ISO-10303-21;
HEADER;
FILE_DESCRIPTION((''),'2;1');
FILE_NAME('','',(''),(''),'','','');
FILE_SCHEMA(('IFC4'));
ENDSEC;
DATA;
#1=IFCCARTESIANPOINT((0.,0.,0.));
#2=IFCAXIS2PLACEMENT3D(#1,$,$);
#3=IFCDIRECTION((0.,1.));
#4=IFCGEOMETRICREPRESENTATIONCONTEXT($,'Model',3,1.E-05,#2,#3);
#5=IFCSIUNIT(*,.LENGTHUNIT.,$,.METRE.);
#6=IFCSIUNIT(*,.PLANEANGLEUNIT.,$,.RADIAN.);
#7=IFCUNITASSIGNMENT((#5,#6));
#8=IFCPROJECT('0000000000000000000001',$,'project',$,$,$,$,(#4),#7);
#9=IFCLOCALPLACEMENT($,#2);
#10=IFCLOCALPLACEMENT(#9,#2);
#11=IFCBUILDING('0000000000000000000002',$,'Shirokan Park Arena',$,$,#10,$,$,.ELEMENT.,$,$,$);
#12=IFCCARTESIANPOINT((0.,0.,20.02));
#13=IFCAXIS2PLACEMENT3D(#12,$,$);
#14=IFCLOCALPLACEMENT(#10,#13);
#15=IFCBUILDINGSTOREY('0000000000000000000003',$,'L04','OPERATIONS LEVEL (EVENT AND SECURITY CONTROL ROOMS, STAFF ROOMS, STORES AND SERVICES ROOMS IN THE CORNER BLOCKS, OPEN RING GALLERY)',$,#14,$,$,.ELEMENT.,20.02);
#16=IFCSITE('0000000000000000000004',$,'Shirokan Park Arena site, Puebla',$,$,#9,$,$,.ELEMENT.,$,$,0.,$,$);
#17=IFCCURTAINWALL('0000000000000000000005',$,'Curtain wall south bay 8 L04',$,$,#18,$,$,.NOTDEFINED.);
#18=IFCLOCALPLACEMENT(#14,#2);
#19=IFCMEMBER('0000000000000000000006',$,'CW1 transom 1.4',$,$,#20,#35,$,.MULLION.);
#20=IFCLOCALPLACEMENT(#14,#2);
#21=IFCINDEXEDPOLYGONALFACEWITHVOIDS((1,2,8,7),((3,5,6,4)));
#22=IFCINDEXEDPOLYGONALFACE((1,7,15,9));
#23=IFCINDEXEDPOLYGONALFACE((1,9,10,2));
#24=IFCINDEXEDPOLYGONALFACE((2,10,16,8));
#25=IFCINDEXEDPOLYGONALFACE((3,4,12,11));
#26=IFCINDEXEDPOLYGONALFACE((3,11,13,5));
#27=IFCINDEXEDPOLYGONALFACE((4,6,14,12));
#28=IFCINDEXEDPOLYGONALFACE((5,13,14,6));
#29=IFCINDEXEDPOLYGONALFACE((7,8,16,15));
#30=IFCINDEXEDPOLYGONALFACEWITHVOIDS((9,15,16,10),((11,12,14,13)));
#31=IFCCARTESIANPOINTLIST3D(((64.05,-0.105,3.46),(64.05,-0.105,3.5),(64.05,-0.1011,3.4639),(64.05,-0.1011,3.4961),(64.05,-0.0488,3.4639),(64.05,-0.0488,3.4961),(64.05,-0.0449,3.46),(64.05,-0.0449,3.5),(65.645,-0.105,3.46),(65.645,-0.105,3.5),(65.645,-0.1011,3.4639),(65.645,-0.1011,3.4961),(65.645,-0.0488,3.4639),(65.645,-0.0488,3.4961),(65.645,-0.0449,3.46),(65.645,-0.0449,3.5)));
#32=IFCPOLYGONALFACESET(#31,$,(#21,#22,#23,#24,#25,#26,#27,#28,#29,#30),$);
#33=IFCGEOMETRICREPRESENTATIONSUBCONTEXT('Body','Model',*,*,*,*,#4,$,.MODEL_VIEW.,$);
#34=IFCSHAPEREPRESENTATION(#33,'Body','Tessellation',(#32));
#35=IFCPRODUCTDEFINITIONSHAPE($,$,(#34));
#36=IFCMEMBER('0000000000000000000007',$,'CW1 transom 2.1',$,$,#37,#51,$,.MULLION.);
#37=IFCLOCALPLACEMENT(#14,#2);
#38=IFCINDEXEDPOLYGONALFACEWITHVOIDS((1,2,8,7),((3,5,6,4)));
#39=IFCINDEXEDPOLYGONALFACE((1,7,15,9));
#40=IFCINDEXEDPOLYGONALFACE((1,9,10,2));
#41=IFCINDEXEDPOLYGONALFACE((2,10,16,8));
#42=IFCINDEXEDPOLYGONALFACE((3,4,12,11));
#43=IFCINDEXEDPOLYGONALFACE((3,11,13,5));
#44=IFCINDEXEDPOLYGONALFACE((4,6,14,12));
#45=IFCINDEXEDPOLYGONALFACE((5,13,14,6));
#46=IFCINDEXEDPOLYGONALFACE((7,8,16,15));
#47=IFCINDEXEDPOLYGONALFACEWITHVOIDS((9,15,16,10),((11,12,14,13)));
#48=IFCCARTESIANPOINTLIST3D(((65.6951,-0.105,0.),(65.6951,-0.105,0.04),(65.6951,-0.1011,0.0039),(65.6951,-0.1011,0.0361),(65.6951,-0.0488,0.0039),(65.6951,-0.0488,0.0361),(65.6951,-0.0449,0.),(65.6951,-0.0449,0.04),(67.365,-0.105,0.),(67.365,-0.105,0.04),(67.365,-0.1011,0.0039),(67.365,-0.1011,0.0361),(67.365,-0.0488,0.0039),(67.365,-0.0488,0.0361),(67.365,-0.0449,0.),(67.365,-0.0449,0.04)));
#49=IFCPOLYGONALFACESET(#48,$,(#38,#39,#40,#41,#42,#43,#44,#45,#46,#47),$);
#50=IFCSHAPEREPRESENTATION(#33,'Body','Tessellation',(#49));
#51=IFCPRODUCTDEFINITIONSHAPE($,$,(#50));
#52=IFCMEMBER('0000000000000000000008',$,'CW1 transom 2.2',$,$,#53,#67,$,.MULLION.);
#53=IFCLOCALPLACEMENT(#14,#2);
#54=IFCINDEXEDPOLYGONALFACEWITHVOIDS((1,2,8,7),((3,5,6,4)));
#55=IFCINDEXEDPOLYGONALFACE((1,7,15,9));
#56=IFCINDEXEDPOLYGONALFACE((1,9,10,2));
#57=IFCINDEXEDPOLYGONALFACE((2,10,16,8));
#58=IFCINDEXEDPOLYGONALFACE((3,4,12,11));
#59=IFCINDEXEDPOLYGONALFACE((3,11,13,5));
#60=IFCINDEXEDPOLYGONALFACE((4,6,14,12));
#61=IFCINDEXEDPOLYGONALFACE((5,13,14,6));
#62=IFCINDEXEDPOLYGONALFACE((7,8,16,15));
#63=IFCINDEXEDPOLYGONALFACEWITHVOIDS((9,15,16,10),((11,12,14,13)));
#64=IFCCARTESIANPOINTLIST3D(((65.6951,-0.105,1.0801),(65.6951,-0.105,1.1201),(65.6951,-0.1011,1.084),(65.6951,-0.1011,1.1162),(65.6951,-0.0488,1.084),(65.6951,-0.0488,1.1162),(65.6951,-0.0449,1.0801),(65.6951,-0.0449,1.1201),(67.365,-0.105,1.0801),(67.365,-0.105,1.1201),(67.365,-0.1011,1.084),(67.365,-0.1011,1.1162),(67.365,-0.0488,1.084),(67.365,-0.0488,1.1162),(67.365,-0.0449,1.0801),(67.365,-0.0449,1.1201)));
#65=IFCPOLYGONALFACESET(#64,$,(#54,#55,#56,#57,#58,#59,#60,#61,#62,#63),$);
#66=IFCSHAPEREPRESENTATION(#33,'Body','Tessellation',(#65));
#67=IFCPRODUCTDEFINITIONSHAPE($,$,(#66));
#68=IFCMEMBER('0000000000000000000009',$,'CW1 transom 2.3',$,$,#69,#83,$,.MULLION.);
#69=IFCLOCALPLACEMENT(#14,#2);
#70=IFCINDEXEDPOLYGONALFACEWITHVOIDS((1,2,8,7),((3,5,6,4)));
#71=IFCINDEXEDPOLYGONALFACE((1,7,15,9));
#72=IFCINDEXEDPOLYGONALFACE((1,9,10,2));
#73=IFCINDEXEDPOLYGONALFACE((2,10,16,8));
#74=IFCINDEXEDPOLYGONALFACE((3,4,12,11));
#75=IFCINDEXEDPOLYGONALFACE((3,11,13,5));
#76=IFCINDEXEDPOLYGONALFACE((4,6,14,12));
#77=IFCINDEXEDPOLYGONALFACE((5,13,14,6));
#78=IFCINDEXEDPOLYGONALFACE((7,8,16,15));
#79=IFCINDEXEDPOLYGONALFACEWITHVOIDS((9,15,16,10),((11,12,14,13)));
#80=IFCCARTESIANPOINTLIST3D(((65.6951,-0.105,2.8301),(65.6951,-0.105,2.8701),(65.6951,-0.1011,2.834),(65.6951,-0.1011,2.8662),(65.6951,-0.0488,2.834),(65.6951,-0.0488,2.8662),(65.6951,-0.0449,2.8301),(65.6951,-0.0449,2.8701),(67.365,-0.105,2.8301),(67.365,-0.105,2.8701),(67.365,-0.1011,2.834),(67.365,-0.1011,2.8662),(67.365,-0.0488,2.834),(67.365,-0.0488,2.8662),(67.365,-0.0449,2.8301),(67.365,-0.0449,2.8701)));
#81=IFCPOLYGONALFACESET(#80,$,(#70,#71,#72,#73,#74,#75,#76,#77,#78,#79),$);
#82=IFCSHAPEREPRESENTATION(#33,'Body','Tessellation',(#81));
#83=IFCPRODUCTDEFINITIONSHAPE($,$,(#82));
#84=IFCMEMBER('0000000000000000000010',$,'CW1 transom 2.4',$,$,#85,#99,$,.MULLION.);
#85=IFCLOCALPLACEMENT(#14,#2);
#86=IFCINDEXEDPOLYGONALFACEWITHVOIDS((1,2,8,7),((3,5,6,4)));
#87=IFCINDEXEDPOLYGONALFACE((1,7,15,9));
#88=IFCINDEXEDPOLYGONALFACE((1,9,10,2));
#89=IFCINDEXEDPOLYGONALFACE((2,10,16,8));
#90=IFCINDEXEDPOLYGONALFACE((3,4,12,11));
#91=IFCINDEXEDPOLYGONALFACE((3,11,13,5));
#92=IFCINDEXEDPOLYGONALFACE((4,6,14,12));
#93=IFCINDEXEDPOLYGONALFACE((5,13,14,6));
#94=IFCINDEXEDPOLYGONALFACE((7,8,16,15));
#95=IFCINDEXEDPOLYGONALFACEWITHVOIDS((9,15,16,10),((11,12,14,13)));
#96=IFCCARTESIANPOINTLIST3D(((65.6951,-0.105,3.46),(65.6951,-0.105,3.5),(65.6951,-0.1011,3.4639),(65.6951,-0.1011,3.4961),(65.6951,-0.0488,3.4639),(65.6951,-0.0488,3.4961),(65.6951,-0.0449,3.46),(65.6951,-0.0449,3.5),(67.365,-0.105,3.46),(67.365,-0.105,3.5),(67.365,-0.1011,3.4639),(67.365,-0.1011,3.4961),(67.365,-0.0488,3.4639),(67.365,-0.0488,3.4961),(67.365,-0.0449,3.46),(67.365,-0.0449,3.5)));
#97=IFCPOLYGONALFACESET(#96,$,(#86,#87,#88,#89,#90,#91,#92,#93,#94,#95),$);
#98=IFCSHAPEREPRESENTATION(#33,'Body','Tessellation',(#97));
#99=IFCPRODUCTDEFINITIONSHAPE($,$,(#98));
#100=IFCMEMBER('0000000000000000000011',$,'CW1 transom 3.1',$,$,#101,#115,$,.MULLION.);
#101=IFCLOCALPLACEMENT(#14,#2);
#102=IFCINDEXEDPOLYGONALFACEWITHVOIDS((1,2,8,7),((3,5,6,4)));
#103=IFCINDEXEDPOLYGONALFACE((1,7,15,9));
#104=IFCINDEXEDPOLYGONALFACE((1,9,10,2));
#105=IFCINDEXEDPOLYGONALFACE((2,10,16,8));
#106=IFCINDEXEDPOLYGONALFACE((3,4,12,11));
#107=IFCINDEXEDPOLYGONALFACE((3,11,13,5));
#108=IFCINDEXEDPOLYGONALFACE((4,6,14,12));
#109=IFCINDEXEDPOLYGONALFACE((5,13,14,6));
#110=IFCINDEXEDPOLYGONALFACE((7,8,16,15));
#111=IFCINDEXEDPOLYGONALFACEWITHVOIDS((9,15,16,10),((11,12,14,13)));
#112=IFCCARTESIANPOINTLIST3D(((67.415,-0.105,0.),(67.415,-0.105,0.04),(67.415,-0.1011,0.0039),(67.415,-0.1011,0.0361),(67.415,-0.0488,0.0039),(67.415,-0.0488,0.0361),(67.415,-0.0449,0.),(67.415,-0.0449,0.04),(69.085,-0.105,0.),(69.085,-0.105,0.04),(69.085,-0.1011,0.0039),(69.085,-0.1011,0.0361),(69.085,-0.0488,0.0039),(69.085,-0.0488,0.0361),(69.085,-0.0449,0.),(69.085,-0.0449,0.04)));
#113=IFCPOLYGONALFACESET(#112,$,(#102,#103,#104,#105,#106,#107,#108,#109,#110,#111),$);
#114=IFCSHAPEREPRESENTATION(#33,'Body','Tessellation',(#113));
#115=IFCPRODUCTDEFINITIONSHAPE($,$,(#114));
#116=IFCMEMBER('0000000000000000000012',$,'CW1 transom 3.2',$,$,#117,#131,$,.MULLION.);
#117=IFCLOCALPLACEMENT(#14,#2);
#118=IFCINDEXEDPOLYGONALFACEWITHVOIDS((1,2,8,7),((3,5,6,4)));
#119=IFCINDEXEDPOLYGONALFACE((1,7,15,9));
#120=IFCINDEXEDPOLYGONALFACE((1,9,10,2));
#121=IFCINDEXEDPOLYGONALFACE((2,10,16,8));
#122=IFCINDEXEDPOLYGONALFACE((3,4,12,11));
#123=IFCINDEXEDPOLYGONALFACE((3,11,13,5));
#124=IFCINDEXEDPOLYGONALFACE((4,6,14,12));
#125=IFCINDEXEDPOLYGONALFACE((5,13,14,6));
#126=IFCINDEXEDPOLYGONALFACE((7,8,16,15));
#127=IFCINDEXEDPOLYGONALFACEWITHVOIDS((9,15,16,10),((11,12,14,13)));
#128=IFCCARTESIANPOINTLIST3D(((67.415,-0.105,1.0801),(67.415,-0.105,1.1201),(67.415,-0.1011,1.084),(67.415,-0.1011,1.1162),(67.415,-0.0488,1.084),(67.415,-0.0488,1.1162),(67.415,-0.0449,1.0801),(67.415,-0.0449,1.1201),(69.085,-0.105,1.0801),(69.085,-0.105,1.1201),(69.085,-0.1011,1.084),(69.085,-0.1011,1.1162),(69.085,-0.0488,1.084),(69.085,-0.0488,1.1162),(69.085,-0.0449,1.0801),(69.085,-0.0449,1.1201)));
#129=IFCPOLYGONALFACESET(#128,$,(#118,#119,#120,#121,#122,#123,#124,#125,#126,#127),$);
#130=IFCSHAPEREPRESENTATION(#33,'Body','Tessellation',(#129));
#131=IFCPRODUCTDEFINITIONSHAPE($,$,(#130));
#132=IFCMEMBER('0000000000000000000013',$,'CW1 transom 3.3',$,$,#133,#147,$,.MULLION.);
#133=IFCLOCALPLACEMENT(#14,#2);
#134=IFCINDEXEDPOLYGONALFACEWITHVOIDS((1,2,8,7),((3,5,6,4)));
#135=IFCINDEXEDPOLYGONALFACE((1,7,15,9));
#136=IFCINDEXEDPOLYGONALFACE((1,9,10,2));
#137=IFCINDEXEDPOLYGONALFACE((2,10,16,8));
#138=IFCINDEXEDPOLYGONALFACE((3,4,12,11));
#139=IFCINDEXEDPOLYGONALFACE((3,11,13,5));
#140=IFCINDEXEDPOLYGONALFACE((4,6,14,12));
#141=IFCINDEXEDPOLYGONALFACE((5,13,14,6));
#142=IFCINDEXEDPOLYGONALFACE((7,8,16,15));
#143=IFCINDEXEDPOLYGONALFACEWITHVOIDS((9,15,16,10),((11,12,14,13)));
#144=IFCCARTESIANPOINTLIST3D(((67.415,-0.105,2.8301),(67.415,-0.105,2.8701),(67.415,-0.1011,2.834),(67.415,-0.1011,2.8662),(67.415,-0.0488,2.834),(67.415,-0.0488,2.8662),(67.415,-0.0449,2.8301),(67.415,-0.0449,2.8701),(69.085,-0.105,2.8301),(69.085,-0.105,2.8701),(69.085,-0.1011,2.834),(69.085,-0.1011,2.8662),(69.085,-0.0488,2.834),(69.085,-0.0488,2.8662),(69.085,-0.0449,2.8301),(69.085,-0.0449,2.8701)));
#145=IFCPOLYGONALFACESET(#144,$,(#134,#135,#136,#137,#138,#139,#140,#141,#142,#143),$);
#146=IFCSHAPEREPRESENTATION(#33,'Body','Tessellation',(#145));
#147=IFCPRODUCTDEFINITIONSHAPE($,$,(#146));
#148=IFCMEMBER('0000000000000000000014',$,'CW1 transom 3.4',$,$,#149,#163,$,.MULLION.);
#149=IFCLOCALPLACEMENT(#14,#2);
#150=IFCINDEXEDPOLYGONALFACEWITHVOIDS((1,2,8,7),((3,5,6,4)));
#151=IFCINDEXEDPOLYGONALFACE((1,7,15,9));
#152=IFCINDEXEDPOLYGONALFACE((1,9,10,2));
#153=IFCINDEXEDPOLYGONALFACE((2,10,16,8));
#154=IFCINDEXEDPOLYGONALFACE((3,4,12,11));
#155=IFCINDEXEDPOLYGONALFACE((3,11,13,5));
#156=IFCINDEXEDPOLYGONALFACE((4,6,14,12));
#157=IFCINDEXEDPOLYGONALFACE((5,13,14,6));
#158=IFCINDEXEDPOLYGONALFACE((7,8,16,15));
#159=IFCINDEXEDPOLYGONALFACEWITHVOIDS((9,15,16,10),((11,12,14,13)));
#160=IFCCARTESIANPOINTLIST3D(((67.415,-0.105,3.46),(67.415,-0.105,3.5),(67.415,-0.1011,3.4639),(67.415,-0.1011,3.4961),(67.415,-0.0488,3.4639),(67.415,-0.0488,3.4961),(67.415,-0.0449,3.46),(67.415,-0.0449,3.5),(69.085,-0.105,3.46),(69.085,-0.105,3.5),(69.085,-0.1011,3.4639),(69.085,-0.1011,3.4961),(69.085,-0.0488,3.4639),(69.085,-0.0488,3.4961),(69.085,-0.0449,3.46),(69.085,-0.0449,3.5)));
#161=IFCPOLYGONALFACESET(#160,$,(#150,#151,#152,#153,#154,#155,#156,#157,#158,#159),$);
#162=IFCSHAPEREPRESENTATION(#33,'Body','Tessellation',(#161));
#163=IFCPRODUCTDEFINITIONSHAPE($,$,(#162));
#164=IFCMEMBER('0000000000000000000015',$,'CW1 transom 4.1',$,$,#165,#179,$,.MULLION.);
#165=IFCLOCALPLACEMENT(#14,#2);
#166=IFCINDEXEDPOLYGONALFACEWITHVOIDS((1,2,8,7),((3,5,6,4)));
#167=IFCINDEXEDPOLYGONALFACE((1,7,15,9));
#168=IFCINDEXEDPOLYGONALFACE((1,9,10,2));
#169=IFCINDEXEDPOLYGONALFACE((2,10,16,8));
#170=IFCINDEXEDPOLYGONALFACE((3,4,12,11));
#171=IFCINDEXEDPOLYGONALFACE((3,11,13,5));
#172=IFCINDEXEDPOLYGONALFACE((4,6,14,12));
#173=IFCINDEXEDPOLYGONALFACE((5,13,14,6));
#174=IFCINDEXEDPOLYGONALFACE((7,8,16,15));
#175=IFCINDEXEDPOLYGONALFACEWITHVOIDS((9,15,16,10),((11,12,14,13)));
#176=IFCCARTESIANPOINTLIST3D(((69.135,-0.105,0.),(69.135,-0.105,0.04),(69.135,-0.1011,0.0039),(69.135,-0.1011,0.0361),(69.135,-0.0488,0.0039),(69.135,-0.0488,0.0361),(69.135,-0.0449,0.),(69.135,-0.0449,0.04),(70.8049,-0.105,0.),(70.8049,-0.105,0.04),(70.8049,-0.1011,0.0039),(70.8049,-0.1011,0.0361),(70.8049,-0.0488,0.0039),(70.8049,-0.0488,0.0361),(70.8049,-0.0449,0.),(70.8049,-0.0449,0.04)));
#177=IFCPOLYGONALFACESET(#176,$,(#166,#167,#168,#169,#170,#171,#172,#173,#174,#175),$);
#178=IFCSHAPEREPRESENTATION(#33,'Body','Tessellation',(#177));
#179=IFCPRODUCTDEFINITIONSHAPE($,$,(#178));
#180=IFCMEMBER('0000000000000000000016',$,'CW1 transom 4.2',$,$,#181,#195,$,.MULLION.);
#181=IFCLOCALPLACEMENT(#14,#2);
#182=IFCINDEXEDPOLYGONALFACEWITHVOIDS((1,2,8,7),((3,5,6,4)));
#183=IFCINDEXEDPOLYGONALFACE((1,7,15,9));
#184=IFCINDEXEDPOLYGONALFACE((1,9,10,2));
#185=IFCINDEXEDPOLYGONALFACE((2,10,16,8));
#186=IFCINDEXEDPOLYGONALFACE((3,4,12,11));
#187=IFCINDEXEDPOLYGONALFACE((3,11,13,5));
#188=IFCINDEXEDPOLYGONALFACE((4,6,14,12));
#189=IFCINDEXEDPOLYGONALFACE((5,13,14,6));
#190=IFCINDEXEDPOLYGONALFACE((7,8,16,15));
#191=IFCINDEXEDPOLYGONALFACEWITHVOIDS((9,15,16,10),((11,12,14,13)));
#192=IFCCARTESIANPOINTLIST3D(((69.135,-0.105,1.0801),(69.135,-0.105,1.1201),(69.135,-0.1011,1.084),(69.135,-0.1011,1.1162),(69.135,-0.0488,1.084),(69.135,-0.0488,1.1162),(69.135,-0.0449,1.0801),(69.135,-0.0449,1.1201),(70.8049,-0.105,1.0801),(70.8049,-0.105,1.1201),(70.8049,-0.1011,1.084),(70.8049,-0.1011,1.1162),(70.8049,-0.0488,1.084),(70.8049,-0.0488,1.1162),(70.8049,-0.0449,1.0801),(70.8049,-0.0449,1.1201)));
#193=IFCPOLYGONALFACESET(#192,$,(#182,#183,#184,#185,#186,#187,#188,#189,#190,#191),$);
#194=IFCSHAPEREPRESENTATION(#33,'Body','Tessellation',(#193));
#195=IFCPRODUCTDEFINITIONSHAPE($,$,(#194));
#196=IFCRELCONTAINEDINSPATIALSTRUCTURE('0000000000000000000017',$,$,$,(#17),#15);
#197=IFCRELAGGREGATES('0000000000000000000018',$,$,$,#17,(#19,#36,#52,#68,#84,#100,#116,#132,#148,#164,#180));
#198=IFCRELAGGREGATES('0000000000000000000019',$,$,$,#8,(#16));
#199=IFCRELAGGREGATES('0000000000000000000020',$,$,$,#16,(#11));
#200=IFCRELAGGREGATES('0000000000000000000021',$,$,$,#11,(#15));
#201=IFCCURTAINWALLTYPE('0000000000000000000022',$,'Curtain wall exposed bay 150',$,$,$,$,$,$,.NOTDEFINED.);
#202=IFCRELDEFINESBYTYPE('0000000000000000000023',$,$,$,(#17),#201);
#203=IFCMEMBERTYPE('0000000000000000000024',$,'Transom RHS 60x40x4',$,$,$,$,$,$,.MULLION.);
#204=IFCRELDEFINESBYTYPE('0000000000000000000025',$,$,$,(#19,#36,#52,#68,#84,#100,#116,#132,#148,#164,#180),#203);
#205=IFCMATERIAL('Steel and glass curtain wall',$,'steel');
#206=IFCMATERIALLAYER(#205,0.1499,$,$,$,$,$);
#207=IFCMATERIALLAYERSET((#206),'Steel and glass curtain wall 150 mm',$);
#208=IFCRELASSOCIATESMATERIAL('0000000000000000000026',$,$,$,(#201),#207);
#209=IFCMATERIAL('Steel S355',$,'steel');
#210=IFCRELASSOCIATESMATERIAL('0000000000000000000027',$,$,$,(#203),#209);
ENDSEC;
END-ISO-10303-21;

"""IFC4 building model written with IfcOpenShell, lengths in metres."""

from ifc_helpers import new_model, si_unit, direction, frame, origin, origin_2d, place, context, subcontext, project, spatial, hollow_rectangle, extrude, material, layer, layer_set, material_profile, profile_set, type_object, element, aggregate, save


model = new_model("IFC4")

# Units and contexts
model_context = context("Model", 3, precision=1e-05, world=origin(), true_north=direction((0.0, 1.0)))
body_context = subcontext(model_context, "Body", "Model", "MODEL_VIEW")
ifc_project = project(units=[si_unit("LENGTHUNIT", "METRE"), si_unit("PLANEANGLEUNIT", "RADIAN")], contexts=[model_context])

# Site, building, storey
site_placement = place(None, origin())
site = spatial("IfcSite", under=ifc_project, at=site_placement, Name="Shirokan Park Arena site, Puebla", CompositionType="ELEMENT", RefElevation=0.0)
building_placement = place(site_placement, origin())
building = spatial("IfcBuilding", under=site, at=building_placement, Name="Shirokan Park Arena", CompositionType="ELEMENT")
storey_placement = place(building_placement, frame((0.0, 0.0, 20.02)))
storey = spatial("IfcBuildingStorey", under=building, at=storey_placement, Name="L04", Description="OPERATIONS LEVEL (EVENT AND SECURITY CONTROL ROOMS, STAFF ROOMS, STORES AND SERVICES ROOMS IN THE CORNER BLOCKS, OPEN RING GALLERY)", CompositionType="ELEMENT", Elevation=20.02)

# Curtain wall
ifc_material_1 = material(Name="Steel and glass curtain wall", Category="steel")
ifc_layer_1 = layer(ifc_material_1, 0.1499)
ifc_layer_set_1 = layer_set([ifc_layer_1], Name="Steel and glass curtain wall 150 mm")
curtain_wall_type = type_object("IfcCurtainWallType", Name="Curtain wall exposed bay 150", PredefinedType="NOTDEFINED", material=ifc_layer_set_1)
curtain_wall_placement = place(storey_placement, origin())
curtain_wall = element("IfcCurtainWall", 1, at=curtain_wall_placement, inside=storey, type_object=curtain_wall_type, Name="Curtain wall south bay 8 L04", PredefinedType="NOTDEFINED")
ifc_material_2 = material(Name="Steel S355", Category="steel")

# Members
ifc_material_profile_1 = material_profile(ifc_material_2, hollow_rectangle(XDim=0.0601, YDim=0.04, WallThickness=0.0039, at=origin_2d()), Name="RHS 60x40x4")
ifc_profile_set_1 = profile_set([ifc_material_profile_1], Name="Steel S355")
member_type_1 = type_object("IfcMemberType", Name="Transom RHS 60x40x4", PredefinedType="MULLION", material=ifc_profile_set_1)
member_1_placement = place(storey_placement, frame((64.05, -0.075, 3.48), z_axis=(1.0, 0.0, 0.0), x_axis=(0.0, 1.0, 0.0)))
member_1 = element("IfcMember", 2, at=member_1_placement, type_object=member_type_1, Name="CW1 transom 1.4", PredefinedType="MULLION", context=body_context, shape_type="SweptSolid", body=[
    extrude(hollow_rectangle(XDim=0.0601, YDim=0.04, WallThickness=0.0039, at=origin_2d()), origin(), (0.0, 0.0, 1.0), 1.595),
])
member_2_placement = place(storey_placement, frame((65.6951, -0.075, 0.02), z_axis=(1.0, 0.0, 0.0), x_axis=(0.0, 1.0, 0.0)))
member_2 = element("IfcMember", 3, at=member_2_placement, type_object=member_type_1, Name="CW1 transom 2.1", PredefinedType="MULLION", context=body_context, shape_type="SweptSolid", body=[
    extrude(hollow_rectangle(XDim=0.0601, YDim=0.04, WallThickness=0.0039, at=origin_2d()), origin(), (0.0, 0.0, 1.0), 1.6699),
])
member_3_placement = place(storey_placement, frame((65.6951, -0.075, 1.1001), z_axis=(1.0, 0.0, 0.0), x_axis=(0.0, 1.0, 0.0)))
member_3 = element("IfcMember", 4, at=member_3_placement, type_object=member_type_1, Name="CW1 transom 2.2", PredefinedType="MULLION", context=body_context, shape_type="SweptSolid", body=[
    extrude(hollow_rectangle(XDim=0.0601, YDim=0.04, WallThickness=0.0039, at=origin_2d()), origin(), (0.0, 0.0, 1.0), 1.6699),
])
member_4_placement = place(storey_placement, frame((65.6951, -0.075, 2.8501), z_axis=(1.0, 0.0, 0.0), x_axis=(0.0, 1.0, 0.0)))
member_4 = element("IfcMember", 5, at=member_4_placement, type_object=member_type_1, Name="CW1 transom 2.3", PredefinedType="MULLION", context=body_context, shape_type="SweptSolid", body=[
    extrude(hollow_rectangle(XDim=0.0601, YDim=0.04, WallThickness=0.0039, at=origin_2d()), origin(), (0.0, 0.0, 1.0), 1.6699),
])
member_5_placement = place(storey_placement, frame((65.6951, -0.075, 3.48), z_axis=(1.0, 0.0, 0.0), x_axis=(0.0, 1.0, 0.0)))
member_5 = element("IfcMember", 6, at=member_5_placement, type_object=member_type_1, Name="CW1 transom 2.4", PredefinedType="MULLION", context=body_context, shape_type="SweptSolid", body=[
    extrude(hollow_rectangle(XDim=0.0601, YDim=0.04, WallThickness=0.0039, at=origin_2d()), origin(), (0.0, 0.0, 1.0), 1.6699),
])
member_6_placement = place(storey_placement, frame((67.415, -0.075, 0.02), z_axis=(1.0, 0.0, 0.0), x_axis=(0.0, 1.0, 0.0)))
member_6 = element("IfcMember", 7, at=member_6_placement, type_object=member_type_1, Name="CW1 transom 3.1", PredefinedType="MULLION", context=body_context, shape_type="SweptSolid", body=[
    extrude(hollow_rectangle(XDim=0.0601, YDim=0.04, WallThickness=0.0039, at=origin_2d()), origin(), (0.0, 0.0, 1.0), 1.6699),
])
member_7_placement = place(storey_placement, frame((67.415, -0.075, 1.1001), z_axis=(1.0, 0.0, 0.0), x_axis=(0.0, 1.0, 0.0)))
member_7 = element("IfcMember", 8, at=member_7_placement, type_object=member_type_1, Name="CW1 transom 3.2", PredefinedType="MULLION", context=body_context, shape_type="SweptSolid", body=[
    extrude(hollow_rectangle(XDim=0.0601, YDim=0.04, WallThickness=0.0039, at=origin_2d()), origin(), (0.0, 0.0, 1.0), 1.6699),
])
member_8_placement = place(storey_placement, frame((67.415, -0.075, 2.8501), z_axis=(1.0, 0.0, 0.0), x_axis=(0.0, 1.0, 0.0)))
member_8 = element("IfcMember", 9, at=member_8_placement, type_object=member_type_1, Name="CW1 transom 3.3", PredefinedType="MULLION", context=body_context, shape_type="SweptSolid", body=[
    extrude(hollow_rectangle(XDim=0.0601, YDim=0.04, WallThickness=0.0039, at=origin_2d()), origin(), (0.0, 0.0, 1.0), 1.6699),
])
member_9_placement = place(storey_placement, frame((67.415, -0.075, 3.48), z_axis=(1.0, 0.0, 0.0), x_axis=(0.0, 1.0, 0.0)))
member_9 = element("IfcMember", 10, at=member_9_placement, type_object=member_type_1, Name="CW1 transom 3.4", PredefinedType="MULLION", context=body_context, shape_type="SweptSolid", body=[
    extrude(hollow_rectangle(XDim=0.0601, YDim=0.04, WallThickness=0.0039, at=origin_2d()), origin(), (0.0, 0.0, 1.0), 1.6699),
])
member_10_placement = place(storey_placement, frame((69.135, -0.075, 0.02), z_axis=(1.0, 0.0, 0.0), x_axis=(0.0, 1.0, 0.0)))
member_10 = element("IfcMember", 11, at=member_10_placement, type_object=member_type_1, Name="CW1 transom 4.1", PredefinedType="MULLION", context=body_context, shape_type="SweptSolid", body=[
    extrude(hollow_rectangle(XDim=0.0601, YDim=0.04, WallThickness=0.0039, at=origin_2d()), origin(), (0.0, 0.0, 1.0), 1.6699),
])
member_11_placement = place(storey_placement, frame((69.135, -0.075, 1.1001), z_axis=(1.0, 0.0, 0.0), x_axis=(0.0, 1.0, 0.0)))
member_11 = element("IfcMember", 12, at=member_11_placement, type_object=member_type_1, Name="CW1 transom 4.2", PredefinedType="MULLION", context=body_context, shape_type="SweptSolid", body=[
    extrude(hollow_rectangle(XDim=0.0601, YDim=0.04, WallThickness=0.0039, at=origin_2d()), origin(), (0.0, 0.0, 1.0), 1.6699),
])

aggregate(curtain_wall, [member_1, member_2, member_3, member_4, member_5, member_6, member_7, member_8, member_9, member_10, member_11])

save(model, "model.ifc")
